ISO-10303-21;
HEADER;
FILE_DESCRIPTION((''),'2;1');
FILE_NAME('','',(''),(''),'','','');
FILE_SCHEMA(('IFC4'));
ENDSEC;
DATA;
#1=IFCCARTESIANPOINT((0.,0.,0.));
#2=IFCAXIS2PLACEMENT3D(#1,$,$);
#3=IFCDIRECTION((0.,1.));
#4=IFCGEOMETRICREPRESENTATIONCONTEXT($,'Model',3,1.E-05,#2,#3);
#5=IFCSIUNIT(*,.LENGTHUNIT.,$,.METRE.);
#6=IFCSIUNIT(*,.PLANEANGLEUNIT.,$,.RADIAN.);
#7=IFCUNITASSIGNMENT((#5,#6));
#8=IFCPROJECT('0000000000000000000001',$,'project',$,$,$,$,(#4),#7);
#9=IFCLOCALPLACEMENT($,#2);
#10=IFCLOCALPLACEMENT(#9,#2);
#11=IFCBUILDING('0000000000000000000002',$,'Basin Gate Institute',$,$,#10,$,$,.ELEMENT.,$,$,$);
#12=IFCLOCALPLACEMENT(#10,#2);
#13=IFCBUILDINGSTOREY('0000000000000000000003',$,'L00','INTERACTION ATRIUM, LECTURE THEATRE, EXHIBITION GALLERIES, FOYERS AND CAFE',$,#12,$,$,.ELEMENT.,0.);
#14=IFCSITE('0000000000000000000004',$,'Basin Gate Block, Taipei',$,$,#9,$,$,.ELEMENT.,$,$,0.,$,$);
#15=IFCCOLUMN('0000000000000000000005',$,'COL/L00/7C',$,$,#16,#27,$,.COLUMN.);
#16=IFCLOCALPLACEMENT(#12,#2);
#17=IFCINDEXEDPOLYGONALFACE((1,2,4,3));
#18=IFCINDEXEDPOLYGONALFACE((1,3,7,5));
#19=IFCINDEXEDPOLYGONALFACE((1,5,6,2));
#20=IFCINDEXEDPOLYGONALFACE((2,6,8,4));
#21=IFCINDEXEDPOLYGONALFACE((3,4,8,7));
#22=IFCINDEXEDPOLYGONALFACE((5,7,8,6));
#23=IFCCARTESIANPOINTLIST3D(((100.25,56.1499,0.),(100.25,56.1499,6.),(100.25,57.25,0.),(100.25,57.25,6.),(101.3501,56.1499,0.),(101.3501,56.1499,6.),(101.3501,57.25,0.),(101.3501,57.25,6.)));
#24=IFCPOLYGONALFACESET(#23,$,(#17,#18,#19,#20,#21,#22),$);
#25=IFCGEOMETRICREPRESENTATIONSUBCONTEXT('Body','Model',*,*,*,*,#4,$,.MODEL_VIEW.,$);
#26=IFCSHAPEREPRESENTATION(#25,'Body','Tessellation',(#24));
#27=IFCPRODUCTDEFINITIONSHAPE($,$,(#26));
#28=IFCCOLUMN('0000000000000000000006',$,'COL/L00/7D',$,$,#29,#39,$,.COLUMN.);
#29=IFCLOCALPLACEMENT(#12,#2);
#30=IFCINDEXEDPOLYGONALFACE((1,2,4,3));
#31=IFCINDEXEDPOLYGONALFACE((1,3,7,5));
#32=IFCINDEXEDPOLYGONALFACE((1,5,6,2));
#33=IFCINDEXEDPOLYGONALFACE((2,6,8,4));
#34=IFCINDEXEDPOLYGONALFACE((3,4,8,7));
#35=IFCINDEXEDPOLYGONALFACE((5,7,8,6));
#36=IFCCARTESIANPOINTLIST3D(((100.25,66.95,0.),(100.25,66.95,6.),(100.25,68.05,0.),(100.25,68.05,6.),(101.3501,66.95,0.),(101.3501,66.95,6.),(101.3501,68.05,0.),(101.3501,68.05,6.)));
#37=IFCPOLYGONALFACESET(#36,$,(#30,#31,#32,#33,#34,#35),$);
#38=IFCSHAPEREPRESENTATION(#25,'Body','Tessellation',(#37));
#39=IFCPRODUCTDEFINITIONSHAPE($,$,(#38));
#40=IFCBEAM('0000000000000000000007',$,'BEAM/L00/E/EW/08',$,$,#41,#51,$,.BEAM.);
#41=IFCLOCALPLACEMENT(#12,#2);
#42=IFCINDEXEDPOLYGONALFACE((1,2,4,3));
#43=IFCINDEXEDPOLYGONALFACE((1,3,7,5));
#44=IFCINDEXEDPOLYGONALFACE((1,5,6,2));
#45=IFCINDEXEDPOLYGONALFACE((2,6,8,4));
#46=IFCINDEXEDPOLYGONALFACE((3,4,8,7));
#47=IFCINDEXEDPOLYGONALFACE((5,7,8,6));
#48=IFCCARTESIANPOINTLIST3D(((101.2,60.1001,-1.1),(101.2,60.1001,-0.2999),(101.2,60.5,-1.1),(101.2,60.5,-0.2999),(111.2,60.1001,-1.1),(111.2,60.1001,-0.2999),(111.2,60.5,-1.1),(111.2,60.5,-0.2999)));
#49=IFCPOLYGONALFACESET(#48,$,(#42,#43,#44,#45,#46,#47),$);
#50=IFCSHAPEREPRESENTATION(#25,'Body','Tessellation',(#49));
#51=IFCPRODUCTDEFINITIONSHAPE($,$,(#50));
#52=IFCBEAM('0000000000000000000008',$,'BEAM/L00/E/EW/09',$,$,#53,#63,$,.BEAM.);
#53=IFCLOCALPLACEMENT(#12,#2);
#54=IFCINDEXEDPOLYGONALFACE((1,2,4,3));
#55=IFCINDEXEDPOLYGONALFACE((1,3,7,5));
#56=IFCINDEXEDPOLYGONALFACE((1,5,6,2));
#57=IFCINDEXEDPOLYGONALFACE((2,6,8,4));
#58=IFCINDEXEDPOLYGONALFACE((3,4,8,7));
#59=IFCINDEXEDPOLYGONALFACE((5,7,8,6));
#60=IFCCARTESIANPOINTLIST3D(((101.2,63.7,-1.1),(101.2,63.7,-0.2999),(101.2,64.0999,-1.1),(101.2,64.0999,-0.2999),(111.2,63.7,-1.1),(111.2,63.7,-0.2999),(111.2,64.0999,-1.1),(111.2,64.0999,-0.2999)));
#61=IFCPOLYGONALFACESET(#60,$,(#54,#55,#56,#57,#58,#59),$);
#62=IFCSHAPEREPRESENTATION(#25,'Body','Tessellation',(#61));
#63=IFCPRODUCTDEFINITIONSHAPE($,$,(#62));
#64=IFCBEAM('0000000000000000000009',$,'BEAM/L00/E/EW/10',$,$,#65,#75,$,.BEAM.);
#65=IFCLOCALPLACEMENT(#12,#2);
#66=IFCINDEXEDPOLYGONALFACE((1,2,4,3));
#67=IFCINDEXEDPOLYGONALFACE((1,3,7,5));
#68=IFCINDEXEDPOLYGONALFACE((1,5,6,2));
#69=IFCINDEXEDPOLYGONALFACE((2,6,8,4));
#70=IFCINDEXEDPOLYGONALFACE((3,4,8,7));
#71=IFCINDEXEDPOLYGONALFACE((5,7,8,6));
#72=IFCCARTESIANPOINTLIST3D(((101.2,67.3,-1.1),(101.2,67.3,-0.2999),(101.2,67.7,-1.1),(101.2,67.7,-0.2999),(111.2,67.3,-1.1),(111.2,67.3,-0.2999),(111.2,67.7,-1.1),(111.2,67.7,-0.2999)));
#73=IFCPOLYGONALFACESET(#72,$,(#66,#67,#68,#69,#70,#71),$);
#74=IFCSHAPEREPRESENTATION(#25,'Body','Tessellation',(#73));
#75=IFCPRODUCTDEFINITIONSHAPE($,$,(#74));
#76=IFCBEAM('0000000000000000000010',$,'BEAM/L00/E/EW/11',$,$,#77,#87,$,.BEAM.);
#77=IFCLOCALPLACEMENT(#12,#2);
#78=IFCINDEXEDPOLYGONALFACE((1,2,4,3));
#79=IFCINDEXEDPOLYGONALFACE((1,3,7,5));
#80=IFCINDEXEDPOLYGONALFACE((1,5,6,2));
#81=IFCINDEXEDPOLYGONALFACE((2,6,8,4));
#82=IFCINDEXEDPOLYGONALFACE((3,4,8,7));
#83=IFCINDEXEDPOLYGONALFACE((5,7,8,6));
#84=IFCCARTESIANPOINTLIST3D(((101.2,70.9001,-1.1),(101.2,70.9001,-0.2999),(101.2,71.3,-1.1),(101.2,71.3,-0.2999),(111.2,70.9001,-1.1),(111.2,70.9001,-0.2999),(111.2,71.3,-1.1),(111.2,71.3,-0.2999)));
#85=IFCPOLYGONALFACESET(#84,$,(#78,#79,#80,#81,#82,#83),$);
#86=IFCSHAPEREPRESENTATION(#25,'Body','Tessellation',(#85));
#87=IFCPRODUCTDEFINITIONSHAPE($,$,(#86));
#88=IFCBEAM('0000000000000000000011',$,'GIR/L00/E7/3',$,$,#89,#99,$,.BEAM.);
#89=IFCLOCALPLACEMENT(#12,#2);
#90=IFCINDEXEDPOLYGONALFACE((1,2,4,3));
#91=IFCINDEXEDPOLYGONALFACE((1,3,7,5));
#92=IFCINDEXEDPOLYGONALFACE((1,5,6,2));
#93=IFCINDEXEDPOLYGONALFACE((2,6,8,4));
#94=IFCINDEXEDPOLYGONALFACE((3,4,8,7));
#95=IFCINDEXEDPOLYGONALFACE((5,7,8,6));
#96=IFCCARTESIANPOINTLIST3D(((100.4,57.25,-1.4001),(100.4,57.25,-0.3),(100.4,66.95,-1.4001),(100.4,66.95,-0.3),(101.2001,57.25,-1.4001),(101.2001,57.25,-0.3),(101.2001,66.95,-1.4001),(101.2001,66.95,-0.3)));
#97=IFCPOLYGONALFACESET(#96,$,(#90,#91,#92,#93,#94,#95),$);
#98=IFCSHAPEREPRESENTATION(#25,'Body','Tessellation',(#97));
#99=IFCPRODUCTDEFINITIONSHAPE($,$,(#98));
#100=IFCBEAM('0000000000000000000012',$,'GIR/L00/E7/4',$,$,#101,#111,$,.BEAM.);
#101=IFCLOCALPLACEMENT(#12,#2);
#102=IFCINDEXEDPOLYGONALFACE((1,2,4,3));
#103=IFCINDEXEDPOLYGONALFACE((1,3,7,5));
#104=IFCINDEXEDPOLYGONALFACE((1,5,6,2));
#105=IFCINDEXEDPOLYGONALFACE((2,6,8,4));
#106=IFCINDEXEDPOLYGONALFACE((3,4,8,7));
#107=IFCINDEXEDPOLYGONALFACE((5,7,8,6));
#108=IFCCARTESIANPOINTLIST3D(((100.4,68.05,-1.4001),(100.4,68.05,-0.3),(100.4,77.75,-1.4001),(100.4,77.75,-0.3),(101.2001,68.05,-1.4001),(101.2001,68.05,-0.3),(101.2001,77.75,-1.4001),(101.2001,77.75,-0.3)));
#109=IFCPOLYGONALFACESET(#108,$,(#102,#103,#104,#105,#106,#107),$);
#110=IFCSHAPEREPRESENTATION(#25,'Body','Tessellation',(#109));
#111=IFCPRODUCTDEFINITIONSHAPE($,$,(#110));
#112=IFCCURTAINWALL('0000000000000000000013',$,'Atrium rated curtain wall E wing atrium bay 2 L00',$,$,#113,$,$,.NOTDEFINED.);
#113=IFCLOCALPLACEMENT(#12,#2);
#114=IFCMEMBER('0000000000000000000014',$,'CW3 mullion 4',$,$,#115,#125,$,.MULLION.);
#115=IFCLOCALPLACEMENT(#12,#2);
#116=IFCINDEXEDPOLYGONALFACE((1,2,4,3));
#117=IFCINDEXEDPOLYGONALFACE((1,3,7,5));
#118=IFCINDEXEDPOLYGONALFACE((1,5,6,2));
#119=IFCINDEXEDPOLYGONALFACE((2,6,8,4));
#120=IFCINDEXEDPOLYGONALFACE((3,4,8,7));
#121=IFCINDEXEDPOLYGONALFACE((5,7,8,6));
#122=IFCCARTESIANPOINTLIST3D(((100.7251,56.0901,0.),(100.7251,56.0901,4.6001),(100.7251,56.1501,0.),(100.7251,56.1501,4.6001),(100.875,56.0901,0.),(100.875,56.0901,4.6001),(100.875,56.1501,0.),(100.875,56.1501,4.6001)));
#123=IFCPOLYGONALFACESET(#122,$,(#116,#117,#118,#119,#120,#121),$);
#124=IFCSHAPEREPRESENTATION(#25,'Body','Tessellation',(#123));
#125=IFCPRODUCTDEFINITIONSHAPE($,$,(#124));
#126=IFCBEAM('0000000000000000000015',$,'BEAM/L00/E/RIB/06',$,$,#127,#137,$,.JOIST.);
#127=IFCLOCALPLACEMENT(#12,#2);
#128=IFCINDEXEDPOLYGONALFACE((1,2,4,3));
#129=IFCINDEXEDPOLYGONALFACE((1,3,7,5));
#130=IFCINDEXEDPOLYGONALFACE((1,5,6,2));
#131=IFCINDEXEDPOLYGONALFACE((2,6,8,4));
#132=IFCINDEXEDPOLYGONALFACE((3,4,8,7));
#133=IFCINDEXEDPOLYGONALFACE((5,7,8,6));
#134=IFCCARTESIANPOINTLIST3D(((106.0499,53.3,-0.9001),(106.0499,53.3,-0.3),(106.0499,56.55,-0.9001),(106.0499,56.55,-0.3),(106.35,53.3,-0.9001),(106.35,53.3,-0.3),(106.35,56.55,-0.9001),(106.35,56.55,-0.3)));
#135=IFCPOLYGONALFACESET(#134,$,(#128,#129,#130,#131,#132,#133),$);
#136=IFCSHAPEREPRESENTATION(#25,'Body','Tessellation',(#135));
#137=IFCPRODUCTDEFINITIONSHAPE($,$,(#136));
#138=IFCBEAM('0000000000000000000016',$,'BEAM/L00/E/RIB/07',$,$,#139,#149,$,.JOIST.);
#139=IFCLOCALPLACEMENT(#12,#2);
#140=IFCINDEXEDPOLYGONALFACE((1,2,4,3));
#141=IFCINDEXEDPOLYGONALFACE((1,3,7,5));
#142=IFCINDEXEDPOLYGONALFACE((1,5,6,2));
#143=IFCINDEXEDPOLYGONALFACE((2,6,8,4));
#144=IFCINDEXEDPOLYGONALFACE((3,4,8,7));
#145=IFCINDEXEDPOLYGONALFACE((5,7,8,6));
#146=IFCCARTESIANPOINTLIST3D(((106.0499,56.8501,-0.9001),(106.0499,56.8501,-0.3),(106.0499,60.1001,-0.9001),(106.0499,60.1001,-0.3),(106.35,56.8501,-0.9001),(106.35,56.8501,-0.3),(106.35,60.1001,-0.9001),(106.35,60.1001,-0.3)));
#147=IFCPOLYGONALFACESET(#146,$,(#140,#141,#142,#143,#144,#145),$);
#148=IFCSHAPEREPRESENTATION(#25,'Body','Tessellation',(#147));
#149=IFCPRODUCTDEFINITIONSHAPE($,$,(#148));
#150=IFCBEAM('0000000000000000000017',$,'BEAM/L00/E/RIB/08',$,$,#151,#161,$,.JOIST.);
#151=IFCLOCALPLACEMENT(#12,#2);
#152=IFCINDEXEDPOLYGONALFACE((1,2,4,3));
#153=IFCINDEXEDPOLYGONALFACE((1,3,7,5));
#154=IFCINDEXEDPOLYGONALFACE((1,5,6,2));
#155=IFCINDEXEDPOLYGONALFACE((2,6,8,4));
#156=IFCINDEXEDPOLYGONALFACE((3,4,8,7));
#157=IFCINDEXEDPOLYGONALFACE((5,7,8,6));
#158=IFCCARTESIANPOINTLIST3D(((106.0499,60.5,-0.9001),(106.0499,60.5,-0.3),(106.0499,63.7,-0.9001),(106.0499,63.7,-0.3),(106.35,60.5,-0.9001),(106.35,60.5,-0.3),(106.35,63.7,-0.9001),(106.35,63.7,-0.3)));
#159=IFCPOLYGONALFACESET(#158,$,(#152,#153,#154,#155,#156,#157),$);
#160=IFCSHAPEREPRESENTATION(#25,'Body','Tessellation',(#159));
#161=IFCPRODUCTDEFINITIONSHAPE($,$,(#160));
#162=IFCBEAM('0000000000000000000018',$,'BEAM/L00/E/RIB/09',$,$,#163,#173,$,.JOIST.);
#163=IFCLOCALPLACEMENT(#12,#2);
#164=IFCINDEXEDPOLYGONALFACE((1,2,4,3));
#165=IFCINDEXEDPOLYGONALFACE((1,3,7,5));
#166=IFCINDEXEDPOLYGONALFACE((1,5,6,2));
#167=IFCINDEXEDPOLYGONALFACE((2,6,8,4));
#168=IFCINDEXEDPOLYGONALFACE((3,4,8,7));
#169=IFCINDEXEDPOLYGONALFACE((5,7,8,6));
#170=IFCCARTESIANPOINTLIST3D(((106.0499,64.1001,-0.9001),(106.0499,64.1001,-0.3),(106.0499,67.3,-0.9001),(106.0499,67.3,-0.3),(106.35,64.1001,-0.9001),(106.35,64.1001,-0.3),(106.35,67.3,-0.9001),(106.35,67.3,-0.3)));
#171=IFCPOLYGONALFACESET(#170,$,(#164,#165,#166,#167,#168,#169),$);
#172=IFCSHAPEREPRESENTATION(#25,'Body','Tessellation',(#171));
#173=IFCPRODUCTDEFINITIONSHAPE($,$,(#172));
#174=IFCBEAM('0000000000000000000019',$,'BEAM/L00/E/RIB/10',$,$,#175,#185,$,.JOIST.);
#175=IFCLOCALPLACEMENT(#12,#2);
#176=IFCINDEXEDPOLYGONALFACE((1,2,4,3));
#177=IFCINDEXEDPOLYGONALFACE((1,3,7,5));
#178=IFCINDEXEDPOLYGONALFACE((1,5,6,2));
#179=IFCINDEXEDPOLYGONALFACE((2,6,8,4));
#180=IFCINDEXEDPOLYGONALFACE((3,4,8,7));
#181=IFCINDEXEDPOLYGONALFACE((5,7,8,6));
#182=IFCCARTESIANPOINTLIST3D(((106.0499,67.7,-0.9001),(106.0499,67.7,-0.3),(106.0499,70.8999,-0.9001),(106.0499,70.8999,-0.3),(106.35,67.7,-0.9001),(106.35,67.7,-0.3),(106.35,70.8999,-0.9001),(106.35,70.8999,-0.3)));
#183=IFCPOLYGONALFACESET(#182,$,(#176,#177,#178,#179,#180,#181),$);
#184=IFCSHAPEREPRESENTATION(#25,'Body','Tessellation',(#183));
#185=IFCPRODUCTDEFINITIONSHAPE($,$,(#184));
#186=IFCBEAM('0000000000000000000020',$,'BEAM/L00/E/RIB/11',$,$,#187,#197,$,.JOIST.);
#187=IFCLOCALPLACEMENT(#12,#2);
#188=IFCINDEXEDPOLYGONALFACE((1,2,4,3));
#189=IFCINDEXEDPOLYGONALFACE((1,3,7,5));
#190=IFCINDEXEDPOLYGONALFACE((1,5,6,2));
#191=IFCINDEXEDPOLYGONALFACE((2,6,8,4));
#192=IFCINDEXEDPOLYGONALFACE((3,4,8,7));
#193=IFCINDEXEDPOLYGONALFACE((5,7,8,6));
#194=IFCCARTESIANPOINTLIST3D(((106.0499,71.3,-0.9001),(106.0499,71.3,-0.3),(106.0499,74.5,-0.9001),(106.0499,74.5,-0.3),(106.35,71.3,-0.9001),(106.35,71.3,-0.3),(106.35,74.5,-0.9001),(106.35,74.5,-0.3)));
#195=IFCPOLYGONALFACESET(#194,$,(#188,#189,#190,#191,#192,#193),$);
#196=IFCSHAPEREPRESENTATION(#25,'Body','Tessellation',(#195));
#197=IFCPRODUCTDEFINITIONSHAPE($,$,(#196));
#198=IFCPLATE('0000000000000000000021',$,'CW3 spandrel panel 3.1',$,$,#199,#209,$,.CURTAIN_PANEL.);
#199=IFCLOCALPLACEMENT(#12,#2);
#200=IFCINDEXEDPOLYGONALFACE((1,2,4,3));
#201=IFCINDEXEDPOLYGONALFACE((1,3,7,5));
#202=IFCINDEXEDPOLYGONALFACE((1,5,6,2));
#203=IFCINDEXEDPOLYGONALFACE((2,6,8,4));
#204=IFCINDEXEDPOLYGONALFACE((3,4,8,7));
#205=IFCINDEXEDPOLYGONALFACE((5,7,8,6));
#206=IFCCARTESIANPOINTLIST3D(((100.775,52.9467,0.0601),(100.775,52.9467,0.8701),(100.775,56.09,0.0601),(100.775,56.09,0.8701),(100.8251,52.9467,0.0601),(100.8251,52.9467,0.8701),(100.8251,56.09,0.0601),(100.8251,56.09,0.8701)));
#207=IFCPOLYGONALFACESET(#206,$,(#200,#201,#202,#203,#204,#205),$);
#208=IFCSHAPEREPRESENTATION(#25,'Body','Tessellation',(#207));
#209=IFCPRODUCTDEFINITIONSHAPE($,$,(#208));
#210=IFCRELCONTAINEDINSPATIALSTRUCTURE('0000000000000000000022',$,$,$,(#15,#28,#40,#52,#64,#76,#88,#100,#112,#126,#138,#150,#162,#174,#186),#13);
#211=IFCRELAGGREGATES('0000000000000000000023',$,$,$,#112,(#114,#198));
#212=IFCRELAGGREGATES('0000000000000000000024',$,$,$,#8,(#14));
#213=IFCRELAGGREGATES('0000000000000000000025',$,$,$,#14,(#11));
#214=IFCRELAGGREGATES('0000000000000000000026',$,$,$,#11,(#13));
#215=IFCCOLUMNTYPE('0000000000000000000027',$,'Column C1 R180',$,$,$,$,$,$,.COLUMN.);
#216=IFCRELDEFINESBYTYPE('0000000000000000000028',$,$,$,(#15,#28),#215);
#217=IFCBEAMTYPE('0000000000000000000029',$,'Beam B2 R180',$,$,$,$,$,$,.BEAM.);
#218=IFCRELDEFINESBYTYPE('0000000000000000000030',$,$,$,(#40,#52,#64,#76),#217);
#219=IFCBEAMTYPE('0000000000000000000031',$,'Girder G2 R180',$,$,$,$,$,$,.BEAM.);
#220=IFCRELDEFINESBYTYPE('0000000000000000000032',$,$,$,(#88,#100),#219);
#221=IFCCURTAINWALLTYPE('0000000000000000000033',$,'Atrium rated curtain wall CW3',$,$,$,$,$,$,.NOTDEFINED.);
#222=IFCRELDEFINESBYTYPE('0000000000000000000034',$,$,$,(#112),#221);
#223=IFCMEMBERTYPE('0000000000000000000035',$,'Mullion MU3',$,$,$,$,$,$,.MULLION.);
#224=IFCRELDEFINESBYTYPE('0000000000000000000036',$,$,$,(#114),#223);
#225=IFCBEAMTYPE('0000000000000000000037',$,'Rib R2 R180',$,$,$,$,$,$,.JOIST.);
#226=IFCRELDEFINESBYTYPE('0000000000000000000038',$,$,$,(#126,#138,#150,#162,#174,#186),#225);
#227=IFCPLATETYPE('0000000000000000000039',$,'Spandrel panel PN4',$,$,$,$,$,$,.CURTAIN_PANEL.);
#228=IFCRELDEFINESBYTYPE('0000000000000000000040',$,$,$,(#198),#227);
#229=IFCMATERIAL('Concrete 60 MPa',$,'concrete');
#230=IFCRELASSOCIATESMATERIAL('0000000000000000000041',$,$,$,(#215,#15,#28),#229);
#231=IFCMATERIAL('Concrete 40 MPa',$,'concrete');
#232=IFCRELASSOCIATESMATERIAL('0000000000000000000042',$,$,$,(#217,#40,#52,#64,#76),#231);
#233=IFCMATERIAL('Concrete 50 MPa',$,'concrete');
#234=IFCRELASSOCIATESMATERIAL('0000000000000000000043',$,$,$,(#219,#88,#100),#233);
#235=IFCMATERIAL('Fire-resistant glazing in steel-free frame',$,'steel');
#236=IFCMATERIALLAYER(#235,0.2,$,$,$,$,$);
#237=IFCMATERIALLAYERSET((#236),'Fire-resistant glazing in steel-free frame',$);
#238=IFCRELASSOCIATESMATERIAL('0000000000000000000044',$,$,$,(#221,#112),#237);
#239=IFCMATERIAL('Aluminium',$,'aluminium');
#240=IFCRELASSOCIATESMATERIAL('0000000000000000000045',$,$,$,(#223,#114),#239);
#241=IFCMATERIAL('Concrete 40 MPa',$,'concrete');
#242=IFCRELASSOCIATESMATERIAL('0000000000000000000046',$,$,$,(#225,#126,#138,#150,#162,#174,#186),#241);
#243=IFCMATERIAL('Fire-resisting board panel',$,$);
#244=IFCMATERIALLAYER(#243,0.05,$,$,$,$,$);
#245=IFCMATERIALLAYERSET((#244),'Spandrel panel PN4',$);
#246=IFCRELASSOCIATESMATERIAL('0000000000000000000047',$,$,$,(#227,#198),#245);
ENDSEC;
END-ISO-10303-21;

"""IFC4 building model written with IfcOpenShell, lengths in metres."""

from ifc_helpers import new_model, si_unit, direction, frame, origin, origin_2d, place, context, subcontext, project, spatial, rectangle, extrude, material, layer, layer_set, material_profile, profile_set, type_object, element, aggregate, save


model = new_model("IFC4")

# Units and contexts
model_context = context("Model", 3, precision=1e-05, world=origin(), true_north=direction((0.0, 1.0)))
body_context = subcontext(model_context, "Body", "Model", "MODEL_VIEW")
ifc_project = project(units=[si_unit("LENGTHUNIT", "METRE"), si_unit("PLANEANGLEUNIT", "RADIAN")], contexts=[model_context])

# Site, building, storey
site_placement = place(None, origin())
site = spatial("IfcSite", under=ifc_project, at=site_placement, Name="Basin Gate Block, Taipei", CompositionType="ELEMENT", RefElevation=0.0)
building_placement = place(site_placement, origin())
building = spatial("IfcBuilding", under=site, at=building_placement, Name="Basin Gate Institute", CompositionType="ELEMENT")
storey_placement = place(building_placement, origin())
storey = spatial("IfcBuildingStorey", under=building, at=storey_placement, Name="L00", Description="INTERACTION ATRIUM, LECTURE THEATRE, EXHIBITION GALLERIES, FOYERS AND CAFE", CompositionType="ELEMENT", Elevation=0.0)

# Columns
ifc_material_1 = material(Name="Concrete 60 MPa", Category="concrete")
ifc_material_profile_1 = material_profile(ifc_material_1, rectangle(XDim=1.1001, YDim=1.1001, at=origin_2d()), Name="Column C1 1100 x 1100")
ifc_profile_set_1 = profile_set([ifc_material_profile_1], Name="Concrete 60 MPa")
column_type = type_object("IfcColumnType", Name="Column C1 R180", PredefinedType="COLUMN", material=ifc_profile_set_1)
for number, where, z_axis, x_axis, name in (
    (1, (100.8, 56.7, 0.0), (0.0, 0.0, 1.0), (1.0, 0.0, 0.0), "COL/L00/7C"),
    (2, (100.8, 67.5, 0.0), (0.0, 0.0, 1.0), (1.0, 0.0, 0.0), "COL/L00/7D"),
):
    element("IfcColumn", number, at=place(storey_placement, frame(where, z_axis=z_axis, x_axis=x_axis)), inside=storey, type_object=column_type, material=ifc_profile_set_1, Name=name, PredefinedType="COLUMN", context=body_context, shape_type="SweptSolid", body=[
        extrude(rectangle(XDim=1.1001, YDim=1.1001, at=origin_2d()), origin(), (0.0, 0.0, 1.0), 6.0),
    ])

# Beams
ifc_material_2 = material(Name="Concrete 40 MPa", Category="concrete")
ifc_material_profile_2 = material_profile(ifc_material_2, rectangle(XDim=0.3999, YDim=0.8, at=origin_2d()), Name="Beam B2 400 x 800")
ifc_profile_set_2 = profile_set([ifc_material_profile_2], Name="Concrete 40 MPa")
beam_type_1 = type_object("IfcBeamType", Name="Beam B2 R180", PredefinedType="BEAM", material=ifc_profile_set_2)
for number, where, z_axis, x_axis, name in (
    (3, (111.2, 60.3, -0.7), (-1.0, 0.0, 0.0), (0.0, -1.0, 0.0), "BEAM/L00/E/EW/08"),
    (4, (111.2, 63.8999, -0.7), (-1.0, 0.0, 0.0), (0.0, -1.0, 0.0), "BEAM/L00/E/EW/09"),
    (5, (111.2, 67.5, -0.7), (-1.0, 0.0, 0.0), (0.0, -1.0, 0.0), "BEAM/L00/E/EW/10"),
    (6, (111.2, 71.1001, -0.7), (-1.0, 0.0, 0.0), (0.0, -1.0, 0.0), "BEAM/L00/E/EW/11"),
):
    element("IfcBeam", number, at=place(storey_placement, frame(where, z_axis=z_axis, x_axis=x_axis)), inside=storey, type_object=beam_type_1, material=ifc_profile_set_2, Name=name, PredefinedType="BEAM", context=body_context, shape_type="SweptSolid", body=[
        extrude(rectangle(XDim=0.3999, YDim=0.8, at=origin_2d()), origin(), (0.0, 0.0, 1.0), 10.0),
    ])
ifc_material_3 = material(Name="Concrete 50 MPa", Category="concrete")
ifc_material_profile_3 = material_profile(ifc_material_3, rectangle(XDim=0.8, YDim=1.1001, at=origin_2d()), Name="Girder G2 800 x 1100")
ifc_profile_set_3 = profile_set([ifc_material_profile_3], Name="Concrete 50 MPa")
beam_type_2 = type_object("IfcBeamType", Name="Girder G2 R180", PredefinedType="BEAM", material=ifc_profile_set_3)
for number, where, z_axis, x_axis, name in (
    (7, (100.8, 57.25, -0.8501), (0.0, 1.0, 0.0), (-1.0, 0.0, 0.0), "GIR/L00/E7/3"),
    (8, (100.8, 68.05, -0.8501), (0.0, 1.0, 0.0), (-1.0, 0.0, 0.0), "GIR/L00/E7/4"),
):
    element("IfcBeam", number, at=place(storey_placement, frame(where, z_axis=z_axis, x_axis=x_axis)), inside=storey, type_object=beam_type_2, material=ifc_profile_set_3, Name=name, PredefinedType="BEAM", context=body_context, shape_type="SweptSolid", body=[
        extrude(rectangle(XDim=0.8, YDim=1.1001, at=origin_2d()), origin(), (0.0, 0.0, 1.0), 9.7),
    ])

# Curtain wall, member
ifc_material_4 = material(Name="Fire-resistant glazing in steel-free frame", Category="steel")
ifc_layer_1 = layer(ifc_material_4, 0.2)
ifc_layer_set_1 = layer_set([ifc_layer_1], Name="Fire-resistant glazing in steel-free frame")
curtain_wall_type = type_object("IfcCurtainWallType", Name="Atrium rated curtain wall CW3", PredefinedType="NOTDEFINED", material=ifc_layer_set_1)
curtain_wall_placement = place(storey_placement, origin())
curtain_wall = element("IfcCurtainWall", 9, at=curtain_wall_placement, inside=storey, type_object=curtain_wall_type, material=ifc_layer_set_1, Name="Atrium rated curtain wall E wing atrium bay 2 L00", PredefinedType="NOTDEFINED")
ifc_material_5 = material(Name="Aluminium", Category="aluminium")
ifc_material_profile_4 = material_profile(ifc_material_5, rectangle(XDim=0.1499, YDim=0.0601, at=origin_2d()), Name="Mullion MU3 150 x 60")
ifc_profile_set_4 = profile_set([ifc_material_profile_4], Name="Aluminium")
member_type = type_object("IfcMemberType", Name="Mullion MU3", PredefinedType="MULLION", material=ifc_profile_set_4)
member_placement = place(storey_placement, frame((100.8, 56.1201, 0.0), z_axis=(0.0, 0.0, 1.0), x_axis=(-1.0, 0.0, 0.0)))
member = element("IfcMember", 10, at=member_placement, type_object=member_type, material=ifc_profile_set_4, Name="CW3 mullion 4", PredefinedType="MULLION", context=body_context, shape_type="SweptSolid", body=[
    extrude(rectangle(XDim=0.1499, YDim=0.0601, at=origin_2d()), origin(), (0.0, 0.0, 1.0), 4.6001),
])

# Beams
ifc_material_6 = material(Name="Concrete 40 MPa", Category="concrete")
ifc_material_profile_5 = material_profile(ifc_material_6, rectangle(XDim=0.3, YDim=0.6001, at=origin_2d()), Name="Rib R2 300 x 600")
ifc_profile_set_5 = profile_set([ifc_material_profile_5], Name="Concrete 40 MPa")
beam_type_3 = type_object("IfcBeamType", Name="Rib R2 R180", PredefinedType="JOIST", material=ifc_profile_set_5)
for number, where, z_axis, x_axis, name in (
    (11, (106.2, 53.3, -0.6001), (0.0, 1.0, 0.0), (-1.0, 0.0, 0.0), "BEAM/L00/E/RIB/06"),
    (12, (106.2, 56.8501, -0.6001), (0.0, 1.0, 0.0), (-1.0, 0.0, 0.0), "BEAM/L00/E/RIB/07"),
):
    element("IfcBeam", number, at=place(storey_placement, frame(where, z_axis=z_axis, x_axis=x_axis)), inside=storey, type_object=beam_type_3, material=ifc_profile_set_5, Name=name, PredefinedType="JOIST", context=body_context, shape_type="SweptSolid", body=[
        extrude(rectangle(XDim=0.3, YDim=0.6001, at=origin_2d()), origin(), (0.0, 0.0, 1.0), 3.25),
    ])
for number, where, z_axis, x_axis, name in (
    (13, (106.2, 60.5, -0.6001), (0.0, 1.0, 0.0), (-1.0, 0.0, 0.0), "BEAM/L00/E/RIB/08"),
    (14, (106.2, 64.1001, -0.6001), (0.0, 1.0, 0.0), (-1.0, 0.0, 0.0), "BEAM/L00/E/RIB/09"),
    (15, (106.2, 67.7, -0.6001), (0.0, 1.0, 0.0), (-1.0, 0.0, 0.0), "BEAM/L00/E/RIB/10"),
    (16, (106.2, 71.3, -0.6001), (0.0, 1.0, 0.0), (-1.0, 0.0, 0.0), "BEAM/L00/E/RIB/11"),
):
    element("IfcBeam", number, at=place(storey_placement, frame(where, z_axis=z_axis, x_axis=x_axis)), inside=storey, type_object=beam_type_3, material=ifc_profile_set_5, Name=name, PredefinedType="JOIST", context=body_context, shape_type="SweptSolid", body=[
        extrude(rectangle(XDim=0.3, YDim=0.6001, at=origin_2d()), origin(), (0.0, 0.0, 1.0), 3.2),
    ])

# Plate
ifc_material_7 = material(Name="Fire-resisting board panel")
ifc_layer_2 = layer(ifc_material_7, 0.05)
ifc_layer_set_2 = layer_set([ifc_layer_2], Name="Spandrel panel PN4")
plate_type_1 = type_object("IfcPlateType", Name="Spandrel panel PN4", PredefinedType="CURTAIN_PANEL", material=ifc_layer_set_2)
plate_1_placement = place(storey_placement, frame((100.8, 54.5183, 0.0601), z_axis=(0.0, 0.0, 1.0), x_axis=(0.0, 1.0, 0.0)))
plate_1 = element("IfcPlate", 17, at=plate_1_placement, type_object=plate_type_1, material=ifc_layer_set_2, Name="CW3 spandrel panel 3.1", PredefinedType="CURTAIN_PANEL", context=body_context, shape_type="SweptSolid", body=[
    extrude(rectangle(XDim=3.1433, YDim=0.05, at=origin_2d()), origin(), (0.0, 0.0, 1.0), 0.8101),
])
aggregate(curtain_wall, [member, plate_1])

save(model, "model.ifc")
